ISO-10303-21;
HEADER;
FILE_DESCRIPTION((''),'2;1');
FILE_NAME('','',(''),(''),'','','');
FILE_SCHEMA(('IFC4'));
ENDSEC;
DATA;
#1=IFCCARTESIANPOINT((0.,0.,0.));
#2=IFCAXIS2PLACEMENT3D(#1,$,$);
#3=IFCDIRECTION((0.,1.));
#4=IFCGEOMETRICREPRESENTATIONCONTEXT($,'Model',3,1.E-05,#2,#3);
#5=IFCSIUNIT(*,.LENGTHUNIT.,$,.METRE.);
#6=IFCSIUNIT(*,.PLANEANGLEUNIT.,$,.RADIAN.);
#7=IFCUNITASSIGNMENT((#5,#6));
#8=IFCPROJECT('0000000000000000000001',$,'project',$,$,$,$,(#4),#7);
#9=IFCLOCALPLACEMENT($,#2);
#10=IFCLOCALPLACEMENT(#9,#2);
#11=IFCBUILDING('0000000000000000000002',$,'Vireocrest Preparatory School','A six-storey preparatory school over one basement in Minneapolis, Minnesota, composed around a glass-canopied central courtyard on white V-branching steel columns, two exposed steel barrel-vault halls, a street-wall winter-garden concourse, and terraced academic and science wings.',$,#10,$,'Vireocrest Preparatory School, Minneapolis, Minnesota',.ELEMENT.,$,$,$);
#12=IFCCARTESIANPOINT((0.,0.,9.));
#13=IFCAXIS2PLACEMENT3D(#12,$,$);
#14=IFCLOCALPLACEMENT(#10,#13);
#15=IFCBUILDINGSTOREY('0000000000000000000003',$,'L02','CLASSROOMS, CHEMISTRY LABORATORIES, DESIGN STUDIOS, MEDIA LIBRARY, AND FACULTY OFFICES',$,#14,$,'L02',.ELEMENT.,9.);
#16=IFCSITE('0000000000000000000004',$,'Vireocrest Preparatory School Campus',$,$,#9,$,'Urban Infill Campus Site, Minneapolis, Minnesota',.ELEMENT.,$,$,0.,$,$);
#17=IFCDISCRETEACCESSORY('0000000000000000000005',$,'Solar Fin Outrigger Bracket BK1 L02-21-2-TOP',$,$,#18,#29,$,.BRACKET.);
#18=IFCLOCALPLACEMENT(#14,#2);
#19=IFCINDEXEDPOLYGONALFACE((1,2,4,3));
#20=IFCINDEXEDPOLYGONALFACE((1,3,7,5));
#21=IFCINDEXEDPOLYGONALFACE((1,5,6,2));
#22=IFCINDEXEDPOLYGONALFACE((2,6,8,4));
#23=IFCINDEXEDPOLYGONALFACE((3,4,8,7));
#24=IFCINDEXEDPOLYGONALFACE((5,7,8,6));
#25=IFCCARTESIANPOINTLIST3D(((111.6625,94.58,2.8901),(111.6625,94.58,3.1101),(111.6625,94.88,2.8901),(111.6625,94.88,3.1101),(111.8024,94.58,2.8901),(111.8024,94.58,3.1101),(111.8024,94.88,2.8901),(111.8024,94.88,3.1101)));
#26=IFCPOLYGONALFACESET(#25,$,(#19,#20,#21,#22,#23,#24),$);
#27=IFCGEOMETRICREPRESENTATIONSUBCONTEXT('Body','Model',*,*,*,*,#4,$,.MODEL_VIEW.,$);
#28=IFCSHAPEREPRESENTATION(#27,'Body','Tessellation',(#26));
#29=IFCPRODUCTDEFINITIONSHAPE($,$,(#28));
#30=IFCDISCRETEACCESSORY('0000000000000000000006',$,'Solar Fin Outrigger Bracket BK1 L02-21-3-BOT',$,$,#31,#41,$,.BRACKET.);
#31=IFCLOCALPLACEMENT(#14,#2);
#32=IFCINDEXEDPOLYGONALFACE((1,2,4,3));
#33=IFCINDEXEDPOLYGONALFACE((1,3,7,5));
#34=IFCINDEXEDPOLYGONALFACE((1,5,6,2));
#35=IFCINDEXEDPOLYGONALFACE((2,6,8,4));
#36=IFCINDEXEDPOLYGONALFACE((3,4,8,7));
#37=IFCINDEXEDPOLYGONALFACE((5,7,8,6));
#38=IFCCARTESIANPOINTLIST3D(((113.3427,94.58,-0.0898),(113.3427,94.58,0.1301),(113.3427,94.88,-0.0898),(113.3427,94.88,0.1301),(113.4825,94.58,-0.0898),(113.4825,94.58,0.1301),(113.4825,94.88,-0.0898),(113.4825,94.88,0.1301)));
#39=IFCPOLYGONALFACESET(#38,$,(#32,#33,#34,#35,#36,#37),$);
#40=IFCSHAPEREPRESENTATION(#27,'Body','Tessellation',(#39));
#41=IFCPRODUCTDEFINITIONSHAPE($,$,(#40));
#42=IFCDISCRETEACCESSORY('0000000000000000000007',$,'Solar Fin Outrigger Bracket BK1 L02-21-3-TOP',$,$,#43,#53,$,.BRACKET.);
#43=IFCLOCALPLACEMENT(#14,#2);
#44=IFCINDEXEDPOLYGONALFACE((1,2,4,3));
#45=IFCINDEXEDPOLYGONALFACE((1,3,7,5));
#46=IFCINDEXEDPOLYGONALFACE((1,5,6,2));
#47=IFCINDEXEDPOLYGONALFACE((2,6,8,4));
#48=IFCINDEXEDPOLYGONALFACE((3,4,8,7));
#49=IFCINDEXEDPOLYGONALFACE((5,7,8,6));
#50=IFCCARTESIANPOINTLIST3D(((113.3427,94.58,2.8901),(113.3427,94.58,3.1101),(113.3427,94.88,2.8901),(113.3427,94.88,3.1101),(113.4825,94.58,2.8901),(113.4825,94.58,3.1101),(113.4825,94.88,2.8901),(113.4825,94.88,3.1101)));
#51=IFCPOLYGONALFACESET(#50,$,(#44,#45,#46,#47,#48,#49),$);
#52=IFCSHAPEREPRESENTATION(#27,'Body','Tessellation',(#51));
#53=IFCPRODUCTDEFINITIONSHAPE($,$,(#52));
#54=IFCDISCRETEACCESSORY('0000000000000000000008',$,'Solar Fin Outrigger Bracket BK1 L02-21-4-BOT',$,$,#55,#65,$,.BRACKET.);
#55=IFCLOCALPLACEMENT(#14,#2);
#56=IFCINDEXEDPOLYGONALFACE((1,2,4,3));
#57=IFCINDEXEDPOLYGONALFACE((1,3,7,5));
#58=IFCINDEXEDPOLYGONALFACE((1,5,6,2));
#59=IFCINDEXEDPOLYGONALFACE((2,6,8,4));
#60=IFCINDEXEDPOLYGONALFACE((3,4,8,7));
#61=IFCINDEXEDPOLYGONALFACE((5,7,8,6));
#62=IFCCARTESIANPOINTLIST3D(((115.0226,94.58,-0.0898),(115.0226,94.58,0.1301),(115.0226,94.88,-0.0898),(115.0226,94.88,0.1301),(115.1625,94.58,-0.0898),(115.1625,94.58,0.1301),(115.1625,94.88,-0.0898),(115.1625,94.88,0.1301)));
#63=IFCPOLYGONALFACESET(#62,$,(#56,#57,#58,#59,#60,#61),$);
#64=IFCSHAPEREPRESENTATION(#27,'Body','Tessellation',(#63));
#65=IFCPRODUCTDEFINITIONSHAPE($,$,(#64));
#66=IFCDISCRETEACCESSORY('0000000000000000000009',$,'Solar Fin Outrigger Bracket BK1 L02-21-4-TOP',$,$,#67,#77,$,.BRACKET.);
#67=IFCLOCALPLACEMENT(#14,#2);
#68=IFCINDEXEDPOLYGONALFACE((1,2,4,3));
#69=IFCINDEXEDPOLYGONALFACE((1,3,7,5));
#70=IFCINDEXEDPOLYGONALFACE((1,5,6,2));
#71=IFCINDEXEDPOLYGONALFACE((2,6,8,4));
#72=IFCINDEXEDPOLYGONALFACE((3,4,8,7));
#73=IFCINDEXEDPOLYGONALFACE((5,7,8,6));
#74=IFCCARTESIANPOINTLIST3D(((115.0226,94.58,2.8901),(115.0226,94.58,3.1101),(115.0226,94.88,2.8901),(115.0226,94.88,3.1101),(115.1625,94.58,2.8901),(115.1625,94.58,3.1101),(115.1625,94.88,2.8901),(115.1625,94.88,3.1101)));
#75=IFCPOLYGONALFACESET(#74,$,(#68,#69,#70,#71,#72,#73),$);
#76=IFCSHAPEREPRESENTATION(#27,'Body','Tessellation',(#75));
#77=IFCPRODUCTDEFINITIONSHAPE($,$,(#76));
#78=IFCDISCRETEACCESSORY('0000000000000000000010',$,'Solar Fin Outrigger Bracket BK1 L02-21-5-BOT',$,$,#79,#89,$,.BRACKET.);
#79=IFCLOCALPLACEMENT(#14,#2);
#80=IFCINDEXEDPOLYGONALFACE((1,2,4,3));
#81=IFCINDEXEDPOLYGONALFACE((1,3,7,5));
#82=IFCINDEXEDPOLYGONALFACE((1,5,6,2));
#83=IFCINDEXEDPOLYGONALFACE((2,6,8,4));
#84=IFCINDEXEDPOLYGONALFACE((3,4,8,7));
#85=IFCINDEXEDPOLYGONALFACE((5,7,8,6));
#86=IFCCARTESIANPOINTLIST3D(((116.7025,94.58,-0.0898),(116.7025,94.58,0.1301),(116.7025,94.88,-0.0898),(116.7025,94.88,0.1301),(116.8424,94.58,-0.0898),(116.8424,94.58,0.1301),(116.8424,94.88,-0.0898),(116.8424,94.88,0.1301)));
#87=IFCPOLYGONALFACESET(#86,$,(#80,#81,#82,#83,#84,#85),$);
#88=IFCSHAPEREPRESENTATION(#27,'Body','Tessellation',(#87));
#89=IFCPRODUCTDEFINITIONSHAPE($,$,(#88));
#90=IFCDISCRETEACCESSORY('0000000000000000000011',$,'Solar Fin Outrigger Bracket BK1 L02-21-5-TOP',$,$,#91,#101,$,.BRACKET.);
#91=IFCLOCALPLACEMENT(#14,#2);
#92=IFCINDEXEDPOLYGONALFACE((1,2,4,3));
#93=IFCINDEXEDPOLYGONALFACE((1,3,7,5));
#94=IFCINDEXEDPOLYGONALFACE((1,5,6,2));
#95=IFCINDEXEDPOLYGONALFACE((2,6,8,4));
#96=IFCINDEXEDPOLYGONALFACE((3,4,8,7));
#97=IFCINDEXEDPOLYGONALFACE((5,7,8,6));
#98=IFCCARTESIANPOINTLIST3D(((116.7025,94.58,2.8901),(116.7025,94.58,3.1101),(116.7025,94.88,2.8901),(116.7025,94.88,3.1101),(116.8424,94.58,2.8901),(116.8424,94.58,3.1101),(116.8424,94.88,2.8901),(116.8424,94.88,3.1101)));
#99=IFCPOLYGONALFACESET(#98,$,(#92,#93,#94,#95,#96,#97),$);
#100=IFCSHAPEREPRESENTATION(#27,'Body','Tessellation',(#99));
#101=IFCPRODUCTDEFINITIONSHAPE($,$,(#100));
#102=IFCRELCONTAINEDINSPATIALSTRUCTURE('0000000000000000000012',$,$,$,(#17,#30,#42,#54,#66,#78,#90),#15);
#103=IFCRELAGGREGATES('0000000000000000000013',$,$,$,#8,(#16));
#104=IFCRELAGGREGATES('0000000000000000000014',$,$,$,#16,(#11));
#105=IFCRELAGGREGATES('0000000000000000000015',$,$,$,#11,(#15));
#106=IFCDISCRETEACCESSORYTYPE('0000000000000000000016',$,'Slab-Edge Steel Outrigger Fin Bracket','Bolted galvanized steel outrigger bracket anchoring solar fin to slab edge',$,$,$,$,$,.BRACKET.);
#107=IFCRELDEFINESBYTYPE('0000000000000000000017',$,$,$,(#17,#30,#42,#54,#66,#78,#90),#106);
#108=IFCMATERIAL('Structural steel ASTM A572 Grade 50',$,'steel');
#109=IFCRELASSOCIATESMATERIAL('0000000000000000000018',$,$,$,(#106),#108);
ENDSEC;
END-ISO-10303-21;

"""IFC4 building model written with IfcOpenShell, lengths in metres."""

from ifc_helpers import new_model, si_unit, direction, frame, origin, origin_2d, place, context, subcontext, project, spatial, rectangle, extrude, material, type_object, element, save


model = new_model("IFC4")

# Units and contexts
model_context = context("Model", 3, precision=1e-05, world=origin(), true_north=direction((0.0, 1.0)))
body_context = subcontext(model_context, "Body", "Model", "MODEL_VIEW")
ifc_project = project(units=[si_unit("LENGTHUNIT", "METRE"), si_unit("PLANEANGLEUNIT", "RADIAN")], contexts=[model_context])

# Site, building, storey
site_placement = place(None, origin())
site = spatial("IfcSite", under=ifc_project, at=site_placement, Name="Vireocrest Preparatory School Campus", LongName="Urban Infill Campus Site, Minneapolis, Minnesota", CompositionType="ELEMENT", RefElevation=0.0)
building_placement = place(site_placement, origin())
building = spatial("IfcBuilding", under=site, at=building_placement, Name="Vireocrest Preparatory School", Description="A six-storey preparatory school over one basement in Minneapolis, Minnesota, composed around a glass-canopied central courtyard on white V-branching steel columns, two exposed steel barrel-vault halls, a street-wall winter-garden concourse, and terraced academic and science wings.", LongName="Vireocrest Preparatory School, Minneapolis, Minnesota", CompositionType="ELEMENT")
storey_placement = place(building_placement, frame((0.0, 0.0, 9.0)))
storey = spatial("IfcBuildingStorey", under=building, at=storey_placement, Name="L02", Description="CLASSROOMS, CHEMISTRY LABORATORIES, DESIGN STUDIOS, MEDIA LIBRARY, AND FACULTY OFFICES", LongName="L02", CompositionType="ELEMENT", Elevation=9.0)

# Discrete accessories
ifc_material_1 = material(Name="Structural steel ASTM A572 Grade 50", Category="steel")
discrete_accessory_type = type_object("IfcDiscreteAccessoryType", Name="Slab-Edge Steel Outrigger Fin Bracket", Description="Bolted galvanized steel outrigger bracket anchoring solar fin to slab edge", PredefinedType="BRACKET", material=ifc_material_1)
for number, where, z_axis, x_axis, name in (
    (1, (111.7324, 94.73, 2.8901), (0.0, 0.0, 1.0), (-1.0, 0.0, 0.0), "Solar Fin Outrigger Bracket BK1 L02-21-2-TOP"),
    (2, (113.4126, 94.73, -0.0898), (0.0, 0.0, 1.0), (-1.0, 0.0, 0.0), "Solar Fin Outrigger Bracket BK1 L02-21-3-BOT"),
    (3, (113.4126, 94.73, 2.8901), (0.0, 0.0, 1.0), (-1.0, 0.0, 0.0), "Solar Fin Outrigger Bracket BK1 L02-21-3-TOP"),
    (4, (115.0925, 94.73, -0.0898), (0.0, 0.0, 1.0), (-1.0, 0.0, 0.0), "Solar Fin Outrigger Bracket BK1 L02-21-4-BOT"),
    (5, (115.0925, 94.73, 2.8901), (0.0, 0.0, 1.0), (-1.0, 0.0, 0.0), "Solar Fin Outrigger Bracket BK1 L02-21-4-TOP"),
    (6, (116.7725, 94.73, -0.0898), (0.0, 0.0, 1.0), (-1.0, 0.0, 0.0), "Solar Fin Outrigger Bracket BK1 L02-21-5-BOT"),
    (7, (116.7725, 94.73, 2.8901), (0.0, 0.0, 1.0), (-1.0, 0.0, 0.0), "Solar Fin Outrigger Bracket BK1 L02-21-5-TOP"),
):
    element("IfcDiscreteAccessory", number, at=place(storey_placement, frame(where, z_axis=z_axis, x_axis=x_axis)), inside=storey, type_object=discrete_accessory_type, Name=name, PredefinedType="BRACKET", context=body_context, shape_type="SweptSolid", body=[
        extrude(rectangle(XDim=0.1399, YDim=0.3, at=origin_2d()), origin(), (0.0, 0.0, 1.0), 0.22),
    ])

save(model, "model.ifc")
